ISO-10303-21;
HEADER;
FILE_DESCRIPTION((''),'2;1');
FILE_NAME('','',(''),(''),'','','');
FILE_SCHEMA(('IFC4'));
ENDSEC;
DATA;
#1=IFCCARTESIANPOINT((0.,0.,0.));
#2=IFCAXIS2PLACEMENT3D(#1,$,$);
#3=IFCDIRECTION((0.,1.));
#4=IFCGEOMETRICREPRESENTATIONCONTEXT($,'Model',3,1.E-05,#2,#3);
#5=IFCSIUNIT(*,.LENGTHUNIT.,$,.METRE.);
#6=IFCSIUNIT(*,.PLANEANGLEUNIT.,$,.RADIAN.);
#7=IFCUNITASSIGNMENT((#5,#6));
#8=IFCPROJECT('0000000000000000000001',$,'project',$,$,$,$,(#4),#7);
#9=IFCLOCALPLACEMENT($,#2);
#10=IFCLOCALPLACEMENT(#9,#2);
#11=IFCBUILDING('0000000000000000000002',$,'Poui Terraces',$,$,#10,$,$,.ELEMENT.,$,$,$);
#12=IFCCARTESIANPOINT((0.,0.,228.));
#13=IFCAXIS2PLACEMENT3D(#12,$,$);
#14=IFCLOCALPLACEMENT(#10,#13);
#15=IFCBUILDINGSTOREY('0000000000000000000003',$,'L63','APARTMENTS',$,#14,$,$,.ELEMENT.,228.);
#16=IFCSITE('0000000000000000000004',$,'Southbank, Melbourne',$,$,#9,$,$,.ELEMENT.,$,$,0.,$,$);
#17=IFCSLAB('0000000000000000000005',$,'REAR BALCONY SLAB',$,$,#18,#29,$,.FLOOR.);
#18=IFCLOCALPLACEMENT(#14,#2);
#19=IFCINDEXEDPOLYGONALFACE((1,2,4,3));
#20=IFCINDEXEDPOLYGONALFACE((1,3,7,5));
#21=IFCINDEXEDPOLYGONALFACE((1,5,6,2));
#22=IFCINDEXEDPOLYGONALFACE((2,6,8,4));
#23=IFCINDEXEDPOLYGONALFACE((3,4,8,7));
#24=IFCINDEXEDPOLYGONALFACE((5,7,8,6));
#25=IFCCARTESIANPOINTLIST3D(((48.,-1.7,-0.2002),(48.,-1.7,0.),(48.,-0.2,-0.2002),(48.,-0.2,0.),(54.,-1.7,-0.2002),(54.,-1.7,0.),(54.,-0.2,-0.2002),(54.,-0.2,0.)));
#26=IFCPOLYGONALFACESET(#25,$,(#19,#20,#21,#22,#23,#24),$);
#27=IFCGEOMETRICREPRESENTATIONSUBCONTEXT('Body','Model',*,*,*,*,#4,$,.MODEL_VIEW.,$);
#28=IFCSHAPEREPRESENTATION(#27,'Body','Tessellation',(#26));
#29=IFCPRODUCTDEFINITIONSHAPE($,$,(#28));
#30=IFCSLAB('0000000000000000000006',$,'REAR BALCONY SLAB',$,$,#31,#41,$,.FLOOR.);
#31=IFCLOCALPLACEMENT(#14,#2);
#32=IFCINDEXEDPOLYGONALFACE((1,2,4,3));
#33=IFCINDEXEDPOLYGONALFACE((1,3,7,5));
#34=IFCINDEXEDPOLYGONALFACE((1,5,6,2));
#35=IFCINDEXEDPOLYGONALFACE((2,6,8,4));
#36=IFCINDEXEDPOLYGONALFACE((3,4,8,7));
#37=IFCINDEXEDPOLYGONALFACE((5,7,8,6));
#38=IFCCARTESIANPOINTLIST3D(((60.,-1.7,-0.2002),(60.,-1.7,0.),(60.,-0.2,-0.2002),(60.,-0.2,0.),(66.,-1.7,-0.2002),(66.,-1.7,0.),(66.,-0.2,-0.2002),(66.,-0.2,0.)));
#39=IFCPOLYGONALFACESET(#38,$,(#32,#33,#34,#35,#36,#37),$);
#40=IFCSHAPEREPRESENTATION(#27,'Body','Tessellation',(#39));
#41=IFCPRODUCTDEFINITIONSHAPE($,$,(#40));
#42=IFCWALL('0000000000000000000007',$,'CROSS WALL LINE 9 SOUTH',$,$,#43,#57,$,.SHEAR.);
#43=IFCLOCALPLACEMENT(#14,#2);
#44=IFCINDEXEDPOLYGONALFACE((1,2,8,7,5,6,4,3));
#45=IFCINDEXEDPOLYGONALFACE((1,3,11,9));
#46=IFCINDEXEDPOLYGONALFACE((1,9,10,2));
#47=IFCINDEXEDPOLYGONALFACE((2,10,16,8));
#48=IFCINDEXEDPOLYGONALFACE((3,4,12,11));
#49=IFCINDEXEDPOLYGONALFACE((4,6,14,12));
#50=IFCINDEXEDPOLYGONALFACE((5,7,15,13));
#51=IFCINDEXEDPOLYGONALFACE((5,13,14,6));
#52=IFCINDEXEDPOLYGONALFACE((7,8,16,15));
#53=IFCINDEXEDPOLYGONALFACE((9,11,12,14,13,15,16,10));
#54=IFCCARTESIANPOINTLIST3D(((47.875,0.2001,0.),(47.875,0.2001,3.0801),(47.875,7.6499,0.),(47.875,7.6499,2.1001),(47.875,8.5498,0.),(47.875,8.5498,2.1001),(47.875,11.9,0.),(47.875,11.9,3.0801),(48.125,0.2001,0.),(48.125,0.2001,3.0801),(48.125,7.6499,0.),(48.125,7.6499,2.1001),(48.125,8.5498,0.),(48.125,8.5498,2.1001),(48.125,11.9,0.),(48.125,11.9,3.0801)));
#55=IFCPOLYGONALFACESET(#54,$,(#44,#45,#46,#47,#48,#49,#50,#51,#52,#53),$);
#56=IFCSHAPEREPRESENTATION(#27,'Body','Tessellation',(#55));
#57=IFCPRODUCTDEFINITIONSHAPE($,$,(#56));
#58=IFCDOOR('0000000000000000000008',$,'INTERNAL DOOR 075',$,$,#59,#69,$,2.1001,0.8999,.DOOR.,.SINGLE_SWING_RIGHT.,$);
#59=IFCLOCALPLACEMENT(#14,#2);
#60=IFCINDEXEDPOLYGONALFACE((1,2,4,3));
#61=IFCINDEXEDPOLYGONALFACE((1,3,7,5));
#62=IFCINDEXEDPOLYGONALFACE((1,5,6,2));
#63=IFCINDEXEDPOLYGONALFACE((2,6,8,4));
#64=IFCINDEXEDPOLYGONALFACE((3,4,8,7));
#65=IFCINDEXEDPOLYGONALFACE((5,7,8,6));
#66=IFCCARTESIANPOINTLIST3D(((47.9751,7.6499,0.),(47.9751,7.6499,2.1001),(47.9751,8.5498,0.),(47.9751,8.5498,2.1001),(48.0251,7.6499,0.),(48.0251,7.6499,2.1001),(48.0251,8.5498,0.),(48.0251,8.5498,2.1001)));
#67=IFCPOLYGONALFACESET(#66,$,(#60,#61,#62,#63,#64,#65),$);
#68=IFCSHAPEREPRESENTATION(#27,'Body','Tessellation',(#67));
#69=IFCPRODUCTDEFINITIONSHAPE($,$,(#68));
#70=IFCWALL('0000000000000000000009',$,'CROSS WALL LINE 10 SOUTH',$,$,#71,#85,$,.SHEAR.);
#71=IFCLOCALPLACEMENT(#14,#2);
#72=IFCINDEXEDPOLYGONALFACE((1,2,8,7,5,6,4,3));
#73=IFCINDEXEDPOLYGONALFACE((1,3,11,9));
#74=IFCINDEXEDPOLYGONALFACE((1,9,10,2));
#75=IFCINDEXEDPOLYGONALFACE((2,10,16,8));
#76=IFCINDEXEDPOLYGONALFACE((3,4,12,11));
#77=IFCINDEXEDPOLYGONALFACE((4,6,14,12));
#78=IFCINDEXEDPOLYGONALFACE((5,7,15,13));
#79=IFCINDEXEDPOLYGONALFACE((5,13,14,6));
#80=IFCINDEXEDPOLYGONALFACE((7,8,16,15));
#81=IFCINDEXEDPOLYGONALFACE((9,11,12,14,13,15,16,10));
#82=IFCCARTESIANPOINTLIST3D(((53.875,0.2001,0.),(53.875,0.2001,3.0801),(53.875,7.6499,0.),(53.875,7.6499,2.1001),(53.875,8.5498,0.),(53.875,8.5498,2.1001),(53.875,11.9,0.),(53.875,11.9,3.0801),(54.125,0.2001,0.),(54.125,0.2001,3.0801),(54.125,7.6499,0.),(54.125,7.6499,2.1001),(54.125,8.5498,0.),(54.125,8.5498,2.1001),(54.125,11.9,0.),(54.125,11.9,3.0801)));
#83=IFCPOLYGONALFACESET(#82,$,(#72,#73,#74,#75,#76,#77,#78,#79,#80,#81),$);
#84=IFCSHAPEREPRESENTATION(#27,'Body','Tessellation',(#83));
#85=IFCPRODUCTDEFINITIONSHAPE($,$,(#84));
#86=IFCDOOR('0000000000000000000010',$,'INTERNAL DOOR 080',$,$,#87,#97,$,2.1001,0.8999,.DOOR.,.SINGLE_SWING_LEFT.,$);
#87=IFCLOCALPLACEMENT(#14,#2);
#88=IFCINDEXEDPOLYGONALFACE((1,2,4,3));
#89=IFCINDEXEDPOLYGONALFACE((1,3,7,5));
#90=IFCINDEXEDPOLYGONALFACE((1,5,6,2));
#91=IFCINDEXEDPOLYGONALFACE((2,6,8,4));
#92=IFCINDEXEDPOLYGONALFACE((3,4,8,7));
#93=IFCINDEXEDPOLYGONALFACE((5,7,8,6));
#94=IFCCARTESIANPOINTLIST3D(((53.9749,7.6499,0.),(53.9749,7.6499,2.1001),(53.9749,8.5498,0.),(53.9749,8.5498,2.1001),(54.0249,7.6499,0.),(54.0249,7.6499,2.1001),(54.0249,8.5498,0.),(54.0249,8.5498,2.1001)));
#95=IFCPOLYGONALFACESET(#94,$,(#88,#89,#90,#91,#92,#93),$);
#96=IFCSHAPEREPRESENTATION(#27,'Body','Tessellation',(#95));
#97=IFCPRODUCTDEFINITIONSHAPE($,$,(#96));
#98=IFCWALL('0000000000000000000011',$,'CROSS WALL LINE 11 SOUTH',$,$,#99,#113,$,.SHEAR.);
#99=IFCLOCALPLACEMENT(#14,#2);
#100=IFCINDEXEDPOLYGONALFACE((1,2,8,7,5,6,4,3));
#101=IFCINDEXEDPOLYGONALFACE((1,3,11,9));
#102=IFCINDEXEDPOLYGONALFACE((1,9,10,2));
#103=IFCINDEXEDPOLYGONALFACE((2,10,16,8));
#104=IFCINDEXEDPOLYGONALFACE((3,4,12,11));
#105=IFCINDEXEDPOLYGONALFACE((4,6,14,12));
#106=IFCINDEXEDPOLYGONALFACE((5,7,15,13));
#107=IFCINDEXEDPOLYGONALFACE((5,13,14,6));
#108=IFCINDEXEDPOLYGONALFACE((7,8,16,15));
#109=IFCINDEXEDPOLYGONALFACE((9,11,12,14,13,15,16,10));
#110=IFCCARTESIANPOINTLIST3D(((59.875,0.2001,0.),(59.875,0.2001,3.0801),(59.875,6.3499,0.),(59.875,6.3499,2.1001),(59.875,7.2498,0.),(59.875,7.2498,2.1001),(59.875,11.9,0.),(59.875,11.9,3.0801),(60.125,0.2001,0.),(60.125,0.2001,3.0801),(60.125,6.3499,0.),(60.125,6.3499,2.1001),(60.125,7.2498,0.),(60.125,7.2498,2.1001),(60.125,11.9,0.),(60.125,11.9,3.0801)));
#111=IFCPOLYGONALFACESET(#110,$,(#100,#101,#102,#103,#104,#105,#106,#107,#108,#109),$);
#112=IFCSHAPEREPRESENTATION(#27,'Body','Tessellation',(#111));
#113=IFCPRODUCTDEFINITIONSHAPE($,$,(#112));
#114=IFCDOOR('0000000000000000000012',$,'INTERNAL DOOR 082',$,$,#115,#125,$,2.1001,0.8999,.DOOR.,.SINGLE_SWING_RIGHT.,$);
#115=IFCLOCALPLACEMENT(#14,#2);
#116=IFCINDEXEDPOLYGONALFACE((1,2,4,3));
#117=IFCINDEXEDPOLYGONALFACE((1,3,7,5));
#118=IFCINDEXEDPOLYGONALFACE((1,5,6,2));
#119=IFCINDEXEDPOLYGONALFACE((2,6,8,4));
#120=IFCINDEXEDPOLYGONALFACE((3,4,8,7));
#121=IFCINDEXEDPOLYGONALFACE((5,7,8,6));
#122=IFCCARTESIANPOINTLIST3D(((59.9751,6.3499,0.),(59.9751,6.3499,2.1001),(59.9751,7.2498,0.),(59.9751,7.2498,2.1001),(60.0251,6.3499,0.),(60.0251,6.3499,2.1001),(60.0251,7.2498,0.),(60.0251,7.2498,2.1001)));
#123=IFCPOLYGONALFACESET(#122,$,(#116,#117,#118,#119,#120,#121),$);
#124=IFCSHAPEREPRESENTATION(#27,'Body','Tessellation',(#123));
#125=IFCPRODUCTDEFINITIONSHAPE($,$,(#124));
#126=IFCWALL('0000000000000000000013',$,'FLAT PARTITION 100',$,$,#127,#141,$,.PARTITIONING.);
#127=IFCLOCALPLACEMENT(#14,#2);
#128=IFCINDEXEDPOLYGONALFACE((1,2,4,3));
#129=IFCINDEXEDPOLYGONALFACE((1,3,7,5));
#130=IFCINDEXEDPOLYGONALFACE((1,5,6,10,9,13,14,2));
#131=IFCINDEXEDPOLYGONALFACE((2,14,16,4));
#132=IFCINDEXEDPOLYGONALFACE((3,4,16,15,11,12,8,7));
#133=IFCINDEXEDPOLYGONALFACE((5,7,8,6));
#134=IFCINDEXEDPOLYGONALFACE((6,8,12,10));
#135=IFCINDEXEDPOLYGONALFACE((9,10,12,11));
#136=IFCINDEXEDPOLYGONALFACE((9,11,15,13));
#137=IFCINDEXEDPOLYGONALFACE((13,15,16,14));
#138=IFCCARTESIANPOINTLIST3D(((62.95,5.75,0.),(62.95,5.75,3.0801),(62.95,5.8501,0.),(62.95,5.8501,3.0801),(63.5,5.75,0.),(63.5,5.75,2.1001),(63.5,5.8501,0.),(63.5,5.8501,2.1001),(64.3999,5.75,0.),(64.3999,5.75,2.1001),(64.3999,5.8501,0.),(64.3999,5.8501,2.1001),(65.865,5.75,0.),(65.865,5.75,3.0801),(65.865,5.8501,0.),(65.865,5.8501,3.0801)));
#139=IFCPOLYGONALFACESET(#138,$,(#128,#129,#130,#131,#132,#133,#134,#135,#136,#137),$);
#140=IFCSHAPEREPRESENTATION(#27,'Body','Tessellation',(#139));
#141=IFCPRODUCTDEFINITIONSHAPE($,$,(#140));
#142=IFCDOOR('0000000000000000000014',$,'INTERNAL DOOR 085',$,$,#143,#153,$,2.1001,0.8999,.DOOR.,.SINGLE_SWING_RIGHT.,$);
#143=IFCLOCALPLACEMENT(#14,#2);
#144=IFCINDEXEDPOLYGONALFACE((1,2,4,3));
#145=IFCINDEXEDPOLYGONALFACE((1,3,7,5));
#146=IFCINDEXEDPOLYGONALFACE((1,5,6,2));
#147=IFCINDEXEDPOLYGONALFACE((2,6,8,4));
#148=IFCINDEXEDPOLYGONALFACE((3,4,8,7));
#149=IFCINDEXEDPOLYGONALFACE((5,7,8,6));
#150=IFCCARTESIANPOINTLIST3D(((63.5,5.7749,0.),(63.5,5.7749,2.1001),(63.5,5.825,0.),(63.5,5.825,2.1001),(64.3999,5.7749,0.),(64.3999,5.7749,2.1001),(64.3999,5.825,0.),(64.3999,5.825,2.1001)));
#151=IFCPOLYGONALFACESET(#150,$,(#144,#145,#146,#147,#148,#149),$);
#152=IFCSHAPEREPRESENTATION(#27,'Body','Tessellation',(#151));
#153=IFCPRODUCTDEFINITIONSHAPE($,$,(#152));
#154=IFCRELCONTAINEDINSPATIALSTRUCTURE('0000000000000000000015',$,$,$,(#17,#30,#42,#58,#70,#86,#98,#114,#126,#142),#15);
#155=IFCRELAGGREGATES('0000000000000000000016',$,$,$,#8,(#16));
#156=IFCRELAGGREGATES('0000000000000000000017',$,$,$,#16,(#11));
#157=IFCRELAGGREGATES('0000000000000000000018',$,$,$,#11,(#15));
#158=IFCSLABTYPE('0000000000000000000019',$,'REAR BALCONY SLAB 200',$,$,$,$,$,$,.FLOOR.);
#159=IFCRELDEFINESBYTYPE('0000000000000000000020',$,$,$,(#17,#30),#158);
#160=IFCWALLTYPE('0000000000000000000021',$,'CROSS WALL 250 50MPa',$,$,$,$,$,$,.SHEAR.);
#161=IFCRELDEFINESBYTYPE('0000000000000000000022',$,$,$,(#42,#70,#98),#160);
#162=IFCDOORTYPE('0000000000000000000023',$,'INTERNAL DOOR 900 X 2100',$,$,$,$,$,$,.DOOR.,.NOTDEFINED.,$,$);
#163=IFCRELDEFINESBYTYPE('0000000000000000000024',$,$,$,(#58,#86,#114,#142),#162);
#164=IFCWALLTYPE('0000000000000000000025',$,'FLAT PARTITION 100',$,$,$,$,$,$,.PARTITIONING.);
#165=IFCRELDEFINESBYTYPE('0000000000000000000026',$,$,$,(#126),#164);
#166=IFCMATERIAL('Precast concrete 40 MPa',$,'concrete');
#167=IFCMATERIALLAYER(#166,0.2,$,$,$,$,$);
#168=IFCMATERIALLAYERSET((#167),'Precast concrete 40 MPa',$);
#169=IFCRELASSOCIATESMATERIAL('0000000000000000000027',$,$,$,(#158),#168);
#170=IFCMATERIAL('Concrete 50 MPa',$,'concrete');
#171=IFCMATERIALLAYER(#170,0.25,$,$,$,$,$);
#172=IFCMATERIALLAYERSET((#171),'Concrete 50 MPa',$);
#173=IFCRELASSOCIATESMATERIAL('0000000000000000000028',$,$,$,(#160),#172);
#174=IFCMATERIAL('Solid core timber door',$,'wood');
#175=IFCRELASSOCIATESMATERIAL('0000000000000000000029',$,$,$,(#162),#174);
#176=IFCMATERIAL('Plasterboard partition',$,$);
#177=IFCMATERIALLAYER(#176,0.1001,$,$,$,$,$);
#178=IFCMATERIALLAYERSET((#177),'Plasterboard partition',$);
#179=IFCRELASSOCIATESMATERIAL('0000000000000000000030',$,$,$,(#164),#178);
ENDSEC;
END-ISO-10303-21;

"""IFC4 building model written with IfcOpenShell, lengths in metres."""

from ifc_helpers import new_model, si_unit, direction, frame, frame_2d, origin, place, context, subcontext, project, spatial, polyline, rectangle, outline, extrude, source, transform, mapped, material, layer, layer_set, type_object, element, fill, save


model = new_model("IFC4")

# Units and contexts
model_context = context("Model", 3, precision=1e-05, world=origin(), true_north=direction((0.0, 1.0)))
body_context = subcontext(model_context, "Body", "Model", "MODEL_VIEW")
ifc_project = project(units=[si_unit("LENGTHUNIT", "METRE"), si_unit("PLANEANGLEUNIT", "RADIAN")], contexts=[model_context])

# Site, building, storey
site_placement = place(None, origin())
site = spatial("IfcSite", under=ifc_project, at=site_placement, Name="Southbank, Melbourne", CompositionType="ELEMENT", RefElevation=0.0)
building_placement = place(site_placement, origin())
building = spatial("IfcBuilding", under=site, at=building_placement, Name="Poui Terraces", CompositionType="ELEMENT")
storey_placement = place(building_placement, frame((0.0, 0.0, 228.0)))
storey = spatial("IfcBuildingStorey", under=building, at=storey_placement, Name="L63", Description="APARTMENTS", CompositionType="ELEMENT", Elevation=228.0)

# Slabs
ifc_material_1 = material(Name="Precast concrete 40 MPa", Category="concrete")
ifc_layer_1 = layer(ifc_material_1, 0.2)
ifc_layer_set_1 = layer_set([ifc_layer_1], Name="Precast concrete 40 MPa")
slab_type = type_object("IfcSlabType", Name="REAR BALCONY SLAB 200", PredefinedType="FLOOR", material=ifc_layer_set_1)
shared_shape_1 = source(origin(), body_context, "Body", "SweptSolid", [
    extrude(outline(polyline([(0.0, 0.0), (6.0, 0.0), (6.0, 1.5), (0.0, 1.5), (0.0, 0.0)])), origin(), (0.0, 0.0, 1.0), 0.2002),
])
for number, where, name in (
    (1, (48.0, -1.7, -0.2002), "REAR BALCONY SLAB"),
    (2, (60.0, -1.7, -0.2002), "REAR BALCONY SLAB"),
):
    element("IfcSlab", number, at=place(storey_placement, frame(where)), inside=storey, type_object=slab_type, Name=name, PredefinedType="FLOOR", context=body_context, shape_type="MappedRepresentation", body=[
        mapped(shared_shape_1, transform((0.0, 0.0, 0.0))),
    ])

# Walls, openings, doors
ifc_material_2 = material(Name="Concrete 50 MPa", Category="concrete")
ifc_layer_2 = layer(ifc_material_2, 0.25)
ifc_layer_set_2 = layer_set([ifc_layer_2], Name="Concrete 50 MPa")
wall_type_1 = type_object("IfcWallType", Name="CROSS WALL 250 50MPa", PredefinedType="SHEAR", material=ifc_layer_set_2)
wall_1_placement = place(storey_placement, frame((48.0, 0.2, 0.0), z_axis=(0.0, 0.0, 1.0), x_axis=(0.0, 1.0, 0.0)))
wall_1 = element("IfcWall", 3, at=wall_1_placement, inside=storey, type_object=wall_type_1, Name="CROSS WALL LINE 9 SOUTH", PredefinedType="SHEAR", context=body_context, shape_type="SweptSolid", body=[
    extrude(rectangle(XDim=11.7, YDim=0.25, at=frame_2d((5.8501, 0.0))), origin(), (0.0, 0.0, 1.0), 3.0801),
])
opening_1_placement = place(wall_1_placement, frame((7.45, 0.0, 0.0)))
opening_1 = element("IfcOpeningElement", 4, at=opening_1_placement, cuts=wall_1, PredefinedType="OPENING", context=body_context, shape_type="SweptSolid", body=[
    extrude(rectangle(XDim=0.8999, YDim=2.1001, at=frame_2d((0.45, 1.05))), frame((0.0, 0.135, 0.0), z_axis=(0.0, -1.0, 0.0), x_axis=(1.0, 0.0, 0.0)), (0.0, 0.0, 1.0), 0.27),
])
ifc_material_3 = material(Name="Solid core timber door", Category="wood")
door_type_1 = type_object("IfcDoorType", Name="INTERNAL DOOR 900 X 2100", OperationType="NOTDEFINED", PredefinedType="DOOR", material=ifc_material_3)
door_1_placement = place(opening_1_placement, origin())
door_1 = element("IfcDoor", 5, at=door_1_placement, inside=storey, type_object=door_type_1, Name="INTERNAL DOOR 075", OperationType="SINGLE_SWING_RIGHT", OverallHeight=2.1001, OverallWidth=0.8999, PredefinedType="DOOR", context=body_context, shape_type="SweptSolid", body=[
    extrude(rectangle(XDim=0.8999, YDim=2.1001, at=frame_2d((0.45, 1.05))), frame((0.0, 0.0249, 0.0), z_axis=(0.0, -1.0, 0.0), x_axis=(1.0, 0.0, 0.0)), (0.0, 0.0, 1.0), 0.05),
])
fill(opening_1, door_1)
wall_2_placement = place(storey_placement, frame((54.0, 0.2, 0.0), z_axis=(0.0, 0.0, 1.0), x_axis=(0.0, 1.0, 0.0)))
wall_2 = element("IfcWall", 6, at=wall_2_placement, inside=storey, type_object=wall_type_1, Name="CROSS WALL LINE 10 SOUTH", PredefinedType="SHEAR", context=body_context, shape_type="SweptSolid", body=[
    extrude(rectangle(XDim=11.7, YDim=0.25, at=frame_2d((5.8501, 0.0))), origin(), (0.0, 0.0, 1.0), 3.0801),
])
opening_2_placement = place(wall_2_placement, frame((7.45, 0.0, 0.0)))
opening_2 = element("IfcOpeningElement", 7, at=opening_2_placement, cuts=wall_2, PredefinedType="OPENING", context=body_context, shape_type="SweptSolid", body=[
    extrude(rectangle(XDim=0.8999, YDim=2.1001, at=frame_2d((0.45, 1.05))), frame((0.0, 0.135, 0.0), z_axis=(0.0, -1.0, 0.0), x_axis=(1.0, 0.0, 0.0)), (0.0, 0.0, 1.0), 0.27),
])
door_2_placement = place(opening_2_placement, frame((0.8999, 0.0, 0.0), z_axis=(0.0, 0.0, 1.0), x_axis=(-1.0, 0.0, 0.0)))
door_2 = element("IfcDoor", 8, at=door_2_placement, inside=storey, type_object=door_type_1, Name="INTERNAL DOOR 080", OperationType="SINGLE_SWING_LEFT", OverallHeight=2.1001, OverallWidth=0.8999, PredefinedType="DOOR", context=body_context, shape_type="SweptSolid", body=[
    extrude(rectangle(XDim=0.8999, YDim=2.1001, at=frame_2d((0.45, 1.05))), frame((0.0, 0.0249, 0.0), z_axis=(0.0, -1.0, 0.0), x_axis=(1.0, 0.0, 0.0)), (0.0, 0.0, 1.0), 0.05),
])
fill(opening_2, door_2)
wall_3_placement = place(storey_placement, frame((60.0, 0.2, 0.0), z_axis=(0.0, 0.0, 1.0), x_axis=(0.0, 1.0, 0.0)))
wall_3 = element("IfcWall", 9, at=wall_3_placement, inside=storey, type_object=wall_type_1, Name="CROSS WALL LINE 11 SOUTH", PredefinedType="SHEAR", context=body_context, shape_type="SweptSolid", body=[
    extrude(rectangle(XDim=11.7, YDim=0.25, at=frame_2d((5.8501, 0.0))), origin(), (0.0, 0.0, 1.0), 3.0801),
])
opening_3_placement = place(wall_3_placement, frame((6.1499, 0.0, 0.0)))
opening_3 = element("IfcOpeningElement", 10, at=opening_3_placement, cuts=wall_3, PredefinedType="OPENING", context=body_context, shape_type="SweptSolid", body=[
    extrude(rectangle(XDim=0.8999, YDim=2.1001, at=frame_2d((0.45, 1.05))), frame((0.0, 0.135, 0.0), z_axis=(0.0, -1.0, 0.0), x_axis=(1.0, 0.0, 0.0)), (0.0, 0.0, 1.0), 0.27),
])
door_3_placement = place(opening_3_placement, origin())
door_3 = element("IfcDoor", 11, at=door_3_placement, inside=storey, type_object=door_type_1, Name="INTERNAL DOOR 082", OperationType="SINGLE_SWING_RIGHT", OverallHeight=2.1001, OverallWidth=0.8999, PredefinedType="DOOR", context=body_context, shape_type="SweptSolid", body=[
    extrude(rectangle(XDim=0.8999, YDim=2.1001, at=frame_2d((0.45, 1.05))), frame((0.0, 0.0249, 0.0), z_axis=(0.0, -1.0, 0.0), x_axis=(1.0, 0.0, 0.0)), (0.0, 0.0, 1.0), 0.05),
])
fill(opening_3, door_3)
ifc_material_4 = material(Name="Plasterboard partition")
ifc_layer_3 = layer(ifc_material_4, 0.1001)
ifc_layer_set_3 = layer_set([ifc_layer_3], Name="Plasterboard partition")
wall_type_2 = type_object("IfcWallType", Name="FLAT PARTITION 100", PredefinedType="PARTITIONING", material=ifc_layer_set_3)
wall_4_placement = place(storey_placement, frame((62.95, 5.8, 0.0), z_axis=(0.0, 0.0, 1.0), x_axis=(1.0, 0.0, 0.0)))
wall_4 = element("IfcWall", 12, at=wall_4_placement, inside=storey, type_object=wall_type_2, Name="FLAT PARTITION 100", PredefinedType="PARTITIONING", context=body_context, shape_type="SweptSolid", body=[
    extrude(rectangle(XDim=2.915, YDim=0.1001, at=frame_2d((1.4575, 0.0))), origin(), (0.0, 0.0, 1.0), 3.0801),
])
opening_4_placement = place(wall_4_placement, frame((0.55, 0.0, 0.0)))
opening_4 = element("IfcOpeningElement", 13, at=opening_4_placement, cuts=wall_4, PredefinedType="OPENING", context=body_context, shape_type="SweptSolid", body=[
    extrude(rectangle(XDim=0.8999, YDim=2.1001, at=frame_2d((0.45, 1.05))), frame((0.0, 0.0601, 0.0), z_axis=(0.0, -1.0, 0.0), x_axis=(1.0, 0.0, 0.0)), (0.0, 0.0, 1.0), 0.1201),
])
door_4_placement = place(opening_4_placement, origin())
door_4 = element("IfcDoor", 14, at=door_4_placement, inside=storey, type_object=door_type_1, Name="INTERNAL DOOR 085", OperationType="SINGLE_SWING_RIGHT", OverallHeight=2.1001, OverallWidth=0.8999, PredefinedType="DOOR", context=body_context, shape_type="SweptSolid", body=[
    extrude(rectangle(XDim=0.8999, YDim=2.1001, at=frame_2d((0.45, 1.05))), frame((0.0, 0.0249, 0.0), z_axis=(0.0, -1.0, 0.0), x_axis=(1.0, 0.0, 0.0)), (0.0, 0.0, 1.0), 0.05),
])
fill(opening_4, door_4)

save(model, "model.ifc")
